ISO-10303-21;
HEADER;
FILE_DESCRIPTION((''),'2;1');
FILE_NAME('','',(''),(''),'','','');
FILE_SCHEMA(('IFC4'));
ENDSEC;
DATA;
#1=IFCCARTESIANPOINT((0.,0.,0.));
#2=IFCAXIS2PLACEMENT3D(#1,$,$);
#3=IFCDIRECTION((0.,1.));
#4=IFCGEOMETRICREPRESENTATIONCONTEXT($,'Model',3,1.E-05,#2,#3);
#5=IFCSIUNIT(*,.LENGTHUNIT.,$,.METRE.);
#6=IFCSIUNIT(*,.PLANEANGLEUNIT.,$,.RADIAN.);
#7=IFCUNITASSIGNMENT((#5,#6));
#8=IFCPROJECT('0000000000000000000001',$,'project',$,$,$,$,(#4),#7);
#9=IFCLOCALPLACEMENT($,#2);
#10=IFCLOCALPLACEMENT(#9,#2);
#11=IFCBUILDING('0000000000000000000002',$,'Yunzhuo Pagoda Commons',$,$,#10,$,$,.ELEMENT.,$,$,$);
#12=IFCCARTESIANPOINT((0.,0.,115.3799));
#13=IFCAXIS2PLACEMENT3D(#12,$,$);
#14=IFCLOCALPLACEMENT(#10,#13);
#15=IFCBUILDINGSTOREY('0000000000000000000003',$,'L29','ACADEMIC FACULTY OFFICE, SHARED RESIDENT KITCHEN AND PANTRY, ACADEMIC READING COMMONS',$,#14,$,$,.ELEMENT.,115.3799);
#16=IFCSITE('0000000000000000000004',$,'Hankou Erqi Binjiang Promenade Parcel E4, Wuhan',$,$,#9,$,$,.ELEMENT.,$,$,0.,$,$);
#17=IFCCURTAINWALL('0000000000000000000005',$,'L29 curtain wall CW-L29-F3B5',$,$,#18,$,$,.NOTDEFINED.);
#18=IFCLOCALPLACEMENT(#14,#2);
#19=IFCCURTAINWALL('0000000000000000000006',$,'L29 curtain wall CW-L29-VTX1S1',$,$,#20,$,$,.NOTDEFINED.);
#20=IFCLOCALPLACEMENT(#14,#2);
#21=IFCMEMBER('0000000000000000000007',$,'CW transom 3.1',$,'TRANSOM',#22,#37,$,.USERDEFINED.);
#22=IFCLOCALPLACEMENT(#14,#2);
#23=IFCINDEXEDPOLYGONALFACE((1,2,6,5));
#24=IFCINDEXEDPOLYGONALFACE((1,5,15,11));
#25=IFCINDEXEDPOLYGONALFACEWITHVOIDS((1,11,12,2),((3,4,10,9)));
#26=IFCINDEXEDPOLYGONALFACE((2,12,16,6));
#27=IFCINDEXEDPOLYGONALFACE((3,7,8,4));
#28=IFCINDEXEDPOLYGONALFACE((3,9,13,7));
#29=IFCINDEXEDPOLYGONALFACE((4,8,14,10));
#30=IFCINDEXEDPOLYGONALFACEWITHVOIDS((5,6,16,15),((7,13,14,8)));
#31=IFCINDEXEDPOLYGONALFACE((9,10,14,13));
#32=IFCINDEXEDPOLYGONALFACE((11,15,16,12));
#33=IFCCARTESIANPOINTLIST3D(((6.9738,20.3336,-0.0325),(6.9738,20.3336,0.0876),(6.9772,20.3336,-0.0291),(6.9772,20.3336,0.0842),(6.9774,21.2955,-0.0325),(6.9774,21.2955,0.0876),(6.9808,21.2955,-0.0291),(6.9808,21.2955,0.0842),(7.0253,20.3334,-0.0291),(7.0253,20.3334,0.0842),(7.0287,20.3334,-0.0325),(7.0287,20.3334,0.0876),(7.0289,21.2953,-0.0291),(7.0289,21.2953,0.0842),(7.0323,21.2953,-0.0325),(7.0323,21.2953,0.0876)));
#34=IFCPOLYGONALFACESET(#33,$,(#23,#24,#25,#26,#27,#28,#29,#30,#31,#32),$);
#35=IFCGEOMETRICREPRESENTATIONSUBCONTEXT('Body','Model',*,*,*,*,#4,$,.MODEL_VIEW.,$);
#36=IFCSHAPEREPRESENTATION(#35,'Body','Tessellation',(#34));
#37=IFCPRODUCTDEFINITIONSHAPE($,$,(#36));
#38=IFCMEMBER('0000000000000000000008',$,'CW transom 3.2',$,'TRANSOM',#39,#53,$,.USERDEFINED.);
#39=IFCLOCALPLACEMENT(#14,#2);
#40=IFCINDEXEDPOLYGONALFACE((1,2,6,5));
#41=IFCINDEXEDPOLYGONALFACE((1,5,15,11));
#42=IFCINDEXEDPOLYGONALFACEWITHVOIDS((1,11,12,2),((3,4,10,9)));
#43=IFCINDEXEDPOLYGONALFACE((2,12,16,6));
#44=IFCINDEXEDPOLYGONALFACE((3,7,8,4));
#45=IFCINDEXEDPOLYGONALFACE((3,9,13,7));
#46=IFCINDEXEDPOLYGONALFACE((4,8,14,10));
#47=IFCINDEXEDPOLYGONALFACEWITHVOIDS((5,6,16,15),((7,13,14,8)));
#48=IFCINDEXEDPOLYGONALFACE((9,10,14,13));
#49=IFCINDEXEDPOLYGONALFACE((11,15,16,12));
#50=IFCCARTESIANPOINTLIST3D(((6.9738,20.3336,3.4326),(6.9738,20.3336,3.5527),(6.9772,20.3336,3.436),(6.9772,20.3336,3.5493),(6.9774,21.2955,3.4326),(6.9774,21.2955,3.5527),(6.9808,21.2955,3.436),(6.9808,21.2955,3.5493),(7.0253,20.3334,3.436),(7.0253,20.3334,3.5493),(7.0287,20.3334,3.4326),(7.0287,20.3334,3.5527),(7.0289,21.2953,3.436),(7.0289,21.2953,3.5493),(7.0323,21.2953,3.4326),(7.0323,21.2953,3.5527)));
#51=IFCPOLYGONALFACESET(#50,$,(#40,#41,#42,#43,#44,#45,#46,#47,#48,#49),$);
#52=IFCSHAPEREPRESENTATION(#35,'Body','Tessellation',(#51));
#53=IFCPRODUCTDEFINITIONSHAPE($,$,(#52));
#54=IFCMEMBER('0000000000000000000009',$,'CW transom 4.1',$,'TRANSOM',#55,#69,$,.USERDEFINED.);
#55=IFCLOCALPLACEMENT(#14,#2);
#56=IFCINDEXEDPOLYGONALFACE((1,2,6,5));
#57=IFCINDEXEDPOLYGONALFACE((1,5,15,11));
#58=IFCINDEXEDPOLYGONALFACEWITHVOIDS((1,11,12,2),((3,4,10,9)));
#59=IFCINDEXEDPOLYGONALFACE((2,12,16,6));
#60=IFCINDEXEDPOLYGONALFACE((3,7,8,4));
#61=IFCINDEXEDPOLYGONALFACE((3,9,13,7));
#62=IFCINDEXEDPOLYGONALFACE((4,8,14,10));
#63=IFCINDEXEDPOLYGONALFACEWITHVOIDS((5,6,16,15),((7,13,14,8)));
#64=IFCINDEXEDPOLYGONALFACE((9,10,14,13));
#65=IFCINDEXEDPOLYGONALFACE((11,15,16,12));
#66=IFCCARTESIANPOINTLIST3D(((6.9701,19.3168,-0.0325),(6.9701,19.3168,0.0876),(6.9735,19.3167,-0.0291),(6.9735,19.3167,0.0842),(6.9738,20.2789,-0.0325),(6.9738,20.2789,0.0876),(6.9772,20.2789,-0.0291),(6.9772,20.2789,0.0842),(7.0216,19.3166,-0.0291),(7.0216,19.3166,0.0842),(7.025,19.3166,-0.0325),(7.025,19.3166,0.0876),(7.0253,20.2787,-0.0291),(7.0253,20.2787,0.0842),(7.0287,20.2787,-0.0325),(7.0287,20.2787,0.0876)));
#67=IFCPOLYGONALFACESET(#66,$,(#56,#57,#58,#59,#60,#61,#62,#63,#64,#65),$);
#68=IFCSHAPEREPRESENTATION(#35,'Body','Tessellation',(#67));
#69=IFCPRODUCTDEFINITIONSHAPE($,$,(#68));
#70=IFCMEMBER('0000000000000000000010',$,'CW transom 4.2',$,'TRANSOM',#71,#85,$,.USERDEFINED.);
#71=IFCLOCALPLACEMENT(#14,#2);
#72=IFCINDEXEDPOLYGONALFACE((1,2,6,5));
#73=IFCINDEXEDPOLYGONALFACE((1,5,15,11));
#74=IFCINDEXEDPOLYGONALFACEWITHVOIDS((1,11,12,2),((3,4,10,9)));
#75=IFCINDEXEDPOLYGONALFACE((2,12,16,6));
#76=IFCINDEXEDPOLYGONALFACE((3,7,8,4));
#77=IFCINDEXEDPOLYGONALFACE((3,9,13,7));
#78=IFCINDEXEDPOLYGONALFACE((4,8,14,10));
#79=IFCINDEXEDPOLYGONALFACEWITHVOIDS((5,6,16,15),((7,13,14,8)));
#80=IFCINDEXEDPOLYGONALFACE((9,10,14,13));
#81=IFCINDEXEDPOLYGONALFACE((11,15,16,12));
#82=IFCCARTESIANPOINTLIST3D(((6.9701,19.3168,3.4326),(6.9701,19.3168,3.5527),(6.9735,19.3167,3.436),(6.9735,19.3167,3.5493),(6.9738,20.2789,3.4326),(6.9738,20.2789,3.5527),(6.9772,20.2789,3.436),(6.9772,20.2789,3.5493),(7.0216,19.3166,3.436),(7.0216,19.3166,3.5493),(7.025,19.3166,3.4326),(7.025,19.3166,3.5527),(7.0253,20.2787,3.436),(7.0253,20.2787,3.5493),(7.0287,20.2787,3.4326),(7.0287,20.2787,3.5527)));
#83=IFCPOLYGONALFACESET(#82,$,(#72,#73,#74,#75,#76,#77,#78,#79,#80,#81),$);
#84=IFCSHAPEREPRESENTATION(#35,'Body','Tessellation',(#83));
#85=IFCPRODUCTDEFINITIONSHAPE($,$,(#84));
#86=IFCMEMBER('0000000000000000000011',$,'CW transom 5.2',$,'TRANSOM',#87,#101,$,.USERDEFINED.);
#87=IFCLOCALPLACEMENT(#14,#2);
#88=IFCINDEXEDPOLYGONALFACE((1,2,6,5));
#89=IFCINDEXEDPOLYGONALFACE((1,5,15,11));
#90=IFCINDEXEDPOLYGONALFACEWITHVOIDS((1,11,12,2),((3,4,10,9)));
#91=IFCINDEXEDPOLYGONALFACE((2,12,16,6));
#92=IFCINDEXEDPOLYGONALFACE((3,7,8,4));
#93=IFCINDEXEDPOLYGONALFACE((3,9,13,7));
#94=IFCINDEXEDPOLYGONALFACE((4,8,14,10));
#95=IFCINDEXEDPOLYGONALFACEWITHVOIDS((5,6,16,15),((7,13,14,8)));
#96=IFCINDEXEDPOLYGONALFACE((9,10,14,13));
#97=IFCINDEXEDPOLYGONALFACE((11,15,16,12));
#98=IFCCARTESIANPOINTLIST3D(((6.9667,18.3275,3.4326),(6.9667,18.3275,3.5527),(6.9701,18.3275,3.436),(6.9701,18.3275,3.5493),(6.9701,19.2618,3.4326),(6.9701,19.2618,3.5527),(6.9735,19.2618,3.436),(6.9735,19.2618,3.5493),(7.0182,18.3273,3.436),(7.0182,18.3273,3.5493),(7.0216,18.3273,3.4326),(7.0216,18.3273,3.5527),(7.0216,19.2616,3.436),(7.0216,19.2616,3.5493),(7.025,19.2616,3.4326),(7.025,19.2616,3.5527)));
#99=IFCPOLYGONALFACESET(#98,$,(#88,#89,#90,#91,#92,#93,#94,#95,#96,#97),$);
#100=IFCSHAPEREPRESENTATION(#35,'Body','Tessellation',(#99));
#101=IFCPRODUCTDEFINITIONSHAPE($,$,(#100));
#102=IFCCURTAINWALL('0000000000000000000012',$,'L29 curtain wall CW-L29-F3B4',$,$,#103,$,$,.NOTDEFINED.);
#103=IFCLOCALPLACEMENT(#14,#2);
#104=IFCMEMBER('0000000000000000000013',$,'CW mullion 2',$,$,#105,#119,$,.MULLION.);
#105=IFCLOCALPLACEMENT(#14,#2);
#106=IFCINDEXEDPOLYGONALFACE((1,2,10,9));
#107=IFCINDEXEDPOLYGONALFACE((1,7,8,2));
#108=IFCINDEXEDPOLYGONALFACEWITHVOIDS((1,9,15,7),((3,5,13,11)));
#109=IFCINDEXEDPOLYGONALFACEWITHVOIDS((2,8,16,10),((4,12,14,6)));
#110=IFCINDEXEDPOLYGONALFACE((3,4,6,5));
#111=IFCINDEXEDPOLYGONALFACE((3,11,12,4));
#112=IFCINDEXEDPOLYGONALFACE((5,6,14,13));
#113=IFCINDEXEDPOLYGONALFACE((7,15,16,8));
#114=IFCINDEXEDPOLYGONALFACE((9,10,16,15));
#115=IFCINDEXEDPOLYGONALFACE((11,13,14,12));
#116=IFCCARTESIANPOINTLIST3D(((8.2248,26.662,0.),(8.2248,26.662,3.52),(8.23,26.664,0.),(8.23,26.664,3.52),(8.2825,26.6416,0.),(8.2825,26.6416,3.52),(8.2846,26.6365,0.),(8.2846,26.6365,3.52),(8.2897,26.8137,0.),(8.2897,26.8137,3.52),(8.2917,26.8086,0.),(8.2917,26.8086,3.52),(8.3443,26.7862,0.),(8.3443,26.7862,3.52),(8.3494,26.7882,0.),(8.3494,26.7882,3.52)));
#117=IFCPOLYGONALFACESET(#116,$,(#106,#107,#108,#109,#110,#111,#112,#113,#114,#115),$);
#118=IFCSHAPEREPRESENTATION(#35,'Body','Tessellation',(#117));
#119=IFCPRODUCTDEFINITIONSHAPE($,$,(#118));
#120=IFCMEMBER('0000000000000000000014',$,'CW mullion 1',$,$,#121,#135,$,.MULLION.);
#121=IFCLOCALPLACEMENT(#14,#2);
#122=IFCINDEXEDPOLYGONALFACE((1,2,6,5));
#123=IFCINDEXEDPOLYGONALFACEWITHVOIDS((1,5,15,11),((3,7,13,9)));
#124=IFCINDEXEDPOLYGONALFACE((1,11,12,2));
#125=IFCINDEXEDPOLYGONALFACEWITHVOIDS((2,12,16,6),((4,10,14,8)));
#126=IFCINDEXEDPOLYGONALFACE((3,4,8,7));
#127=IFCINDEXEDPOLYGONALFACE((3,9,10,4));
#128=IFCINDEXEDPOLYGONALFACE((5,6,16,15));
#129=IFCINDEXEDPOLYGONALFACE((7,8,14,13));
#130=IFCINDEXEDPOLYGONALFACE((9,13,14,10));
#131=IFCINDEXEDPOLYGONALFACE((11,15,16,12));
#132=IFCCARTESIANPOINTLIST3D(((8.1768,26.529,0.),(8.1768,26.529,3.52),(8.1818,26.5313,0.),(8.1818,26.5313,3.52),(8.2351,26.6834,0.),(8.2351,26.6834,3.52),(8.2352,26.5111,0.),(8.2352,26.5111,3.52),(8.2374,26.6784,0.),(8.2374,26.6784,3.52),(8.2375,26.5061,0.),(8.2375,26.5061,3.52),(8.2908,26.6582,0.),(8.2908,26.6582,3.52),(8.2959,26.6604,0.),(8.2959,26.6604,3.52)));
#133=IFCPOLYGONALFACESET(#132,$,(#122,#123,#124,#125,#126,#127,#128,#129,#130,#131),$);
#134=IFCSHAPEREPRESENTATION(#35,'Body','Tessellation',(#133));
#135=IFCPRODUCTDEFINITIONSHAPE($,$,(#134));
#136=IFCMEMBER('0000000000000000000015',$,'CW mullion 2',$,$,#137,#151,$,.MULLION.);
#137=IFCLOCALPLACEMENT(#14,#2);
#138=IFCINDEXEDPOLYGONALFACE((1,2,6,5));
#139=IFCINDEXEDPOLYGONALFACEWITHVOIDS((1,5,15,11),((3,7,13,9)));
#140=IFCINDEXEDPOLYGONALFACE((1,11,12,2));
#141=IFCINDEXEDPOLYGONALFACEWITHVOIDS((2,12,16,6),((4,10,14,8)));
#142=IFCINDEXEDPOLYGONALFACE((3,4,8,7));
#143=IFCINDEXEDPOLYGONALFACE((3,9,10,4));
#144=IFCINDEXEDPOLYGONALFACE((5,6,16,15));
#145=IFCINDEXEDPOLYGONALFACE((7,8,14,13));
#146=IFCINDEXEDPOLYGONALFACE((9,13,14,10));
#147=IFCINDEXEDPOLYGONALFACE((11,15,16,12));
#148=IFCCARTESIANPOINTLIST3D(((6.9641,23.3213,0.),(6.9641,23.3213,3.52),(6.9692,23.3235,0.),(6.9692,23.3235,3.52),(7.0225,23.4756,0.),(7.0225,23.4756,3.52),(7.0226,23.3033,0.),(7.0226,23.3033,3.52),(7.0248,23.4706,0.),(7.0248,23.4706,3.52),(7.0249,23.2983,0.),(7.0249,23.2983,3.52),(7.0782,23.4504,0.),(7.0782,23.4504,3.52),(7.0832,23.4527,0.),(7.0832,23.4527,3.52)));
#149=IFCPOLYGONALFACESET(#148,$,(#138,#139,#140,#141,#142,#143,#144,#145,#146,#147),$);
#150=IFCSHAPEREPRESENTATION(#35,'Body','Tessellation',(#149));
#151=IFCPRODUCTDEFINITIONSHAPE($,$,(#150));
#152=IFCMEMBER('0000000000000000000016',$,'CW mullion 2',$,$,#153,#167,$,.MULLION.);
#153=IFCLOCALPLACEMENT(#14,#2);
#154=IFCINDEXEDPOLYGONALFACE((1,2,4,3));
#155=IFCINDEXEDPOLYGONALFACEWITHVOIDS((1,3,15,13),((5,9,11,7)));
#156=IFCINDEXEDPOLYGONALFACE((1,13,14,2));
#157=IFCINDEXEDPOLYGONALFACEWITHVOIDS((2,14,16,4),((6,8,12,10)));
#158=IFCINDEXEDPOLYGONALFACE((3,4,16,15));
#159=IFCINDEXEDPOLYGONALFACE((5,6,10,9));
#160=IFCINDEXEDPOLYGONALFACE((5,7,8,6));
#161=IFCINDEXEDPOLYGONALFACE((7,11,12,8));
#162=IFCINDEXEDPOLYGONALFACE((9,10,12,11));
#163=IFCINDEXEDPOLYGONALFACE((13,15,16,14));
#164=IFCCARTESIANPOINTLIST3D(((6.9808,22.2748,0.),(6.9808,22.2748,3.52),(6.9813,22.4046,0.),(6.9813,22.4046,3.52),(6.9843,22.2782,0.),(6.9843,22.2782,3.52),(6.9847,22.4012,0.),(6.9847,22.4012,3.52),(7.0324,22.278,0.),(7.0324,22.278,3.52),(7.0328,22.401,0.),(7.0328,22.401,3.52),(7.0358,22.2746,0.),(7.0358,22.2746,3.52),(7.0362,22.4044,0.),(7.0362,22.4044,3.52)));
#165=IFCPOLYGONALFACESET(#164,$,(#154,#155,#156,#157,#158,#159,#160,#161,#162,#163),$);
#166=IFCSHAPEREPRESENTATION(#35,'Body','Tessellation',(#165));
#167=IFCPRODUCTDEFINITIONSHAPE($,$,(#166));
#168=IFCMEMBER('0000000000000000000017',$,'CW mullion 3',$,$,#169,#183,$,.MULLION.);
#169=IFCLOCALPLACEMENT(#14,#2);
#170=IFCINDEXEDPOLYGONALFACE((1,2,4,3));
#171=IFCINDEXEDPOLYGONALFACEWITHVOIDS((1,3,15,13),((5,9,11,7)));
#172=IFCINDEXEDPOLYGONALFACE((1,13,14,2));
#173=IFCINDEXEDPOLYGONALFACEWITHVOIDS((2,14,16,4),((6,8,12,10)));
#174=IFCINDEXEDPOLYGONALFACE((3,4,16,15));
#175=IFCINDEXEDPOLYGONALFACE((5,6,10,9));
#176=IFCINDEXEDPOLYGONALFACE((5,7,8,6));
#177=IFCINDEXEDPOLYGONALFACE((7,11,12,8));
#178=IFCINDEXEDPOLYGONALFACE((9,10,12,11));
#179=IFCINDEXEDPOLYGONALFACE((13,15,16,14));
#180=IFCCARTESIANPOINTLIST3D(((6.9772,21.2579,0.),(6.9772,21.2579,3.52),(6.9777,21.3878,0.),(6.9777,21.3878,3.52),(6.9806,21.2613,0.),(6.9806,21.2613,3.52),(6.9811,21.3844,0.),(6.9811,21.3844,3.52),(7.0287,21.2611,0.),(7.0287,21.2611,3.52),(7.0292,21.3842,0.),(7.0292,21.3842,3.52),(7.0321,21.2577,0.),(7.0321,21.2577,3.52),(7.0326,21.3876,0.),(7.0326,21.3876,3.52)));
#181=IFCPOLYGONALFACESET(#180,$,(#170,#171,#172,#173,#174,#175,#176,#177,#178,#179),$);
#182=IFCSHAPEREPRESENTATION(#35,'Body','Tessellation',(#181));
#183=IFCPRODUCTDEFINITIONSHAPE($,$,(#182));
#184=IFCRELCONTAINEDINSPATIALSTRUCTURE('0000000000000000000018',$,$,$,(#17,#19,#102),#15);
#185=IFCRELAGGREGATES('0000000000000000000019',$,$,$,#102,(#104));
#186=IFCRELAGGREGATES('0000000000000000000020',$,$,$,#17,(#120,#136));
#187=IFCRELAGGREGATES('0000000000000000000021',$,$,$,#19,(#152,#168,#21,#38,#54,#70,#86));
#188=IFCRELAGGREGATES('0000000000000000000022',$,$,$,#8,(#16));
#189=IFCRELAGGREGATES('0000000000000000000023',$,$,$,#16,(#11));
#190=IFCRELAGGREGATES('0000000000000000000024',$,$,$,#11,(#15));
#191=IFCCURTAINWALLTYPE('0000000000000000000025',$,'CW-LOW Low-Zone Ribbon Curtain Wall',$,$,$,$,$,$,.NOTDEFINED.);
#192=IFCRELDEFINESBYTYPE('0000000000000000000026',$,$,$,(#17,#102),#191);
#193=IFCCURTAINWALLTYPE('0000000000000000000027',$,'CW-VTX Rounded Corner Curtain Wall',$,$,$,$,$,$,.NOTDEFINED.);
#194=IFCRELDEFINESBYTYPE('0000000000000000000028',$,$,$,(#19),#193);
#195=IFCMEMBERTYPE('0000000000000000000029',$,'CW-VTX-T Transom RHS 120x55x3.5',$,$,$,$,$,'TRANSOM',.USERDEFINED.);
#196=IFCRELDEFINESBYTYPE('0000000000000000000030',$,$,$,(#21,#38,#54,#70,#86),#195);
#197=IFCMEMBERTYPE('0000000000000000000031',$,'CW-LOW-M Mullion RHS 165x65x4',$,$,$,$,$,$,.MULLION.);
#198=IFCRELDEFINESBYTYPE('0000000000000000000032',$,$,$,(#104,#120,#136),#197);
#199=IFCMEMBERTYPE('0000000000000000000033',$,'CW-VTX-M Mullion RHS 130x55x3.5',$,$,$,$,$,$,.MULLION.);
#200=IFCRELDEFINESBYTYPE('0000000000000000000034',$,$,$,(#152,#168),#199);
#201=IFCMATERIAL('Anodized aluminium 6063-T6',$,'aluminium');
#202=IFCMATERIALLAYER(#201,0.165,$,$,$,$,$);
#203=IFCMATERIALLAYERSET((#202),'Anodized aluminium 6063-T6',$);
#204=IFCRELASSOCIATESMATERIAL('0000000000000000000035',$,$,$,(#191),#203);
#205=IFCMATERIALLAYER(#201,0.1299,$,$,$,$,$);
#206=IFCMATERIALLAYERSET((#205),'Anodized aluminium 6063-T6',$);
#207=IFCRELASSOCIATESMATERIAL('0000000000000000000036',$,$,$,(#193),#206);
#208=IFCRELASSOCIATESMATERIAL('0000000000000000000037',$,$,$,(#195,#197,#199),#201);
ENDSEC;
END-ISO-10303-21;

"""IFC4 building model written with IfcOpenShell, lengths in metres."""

from ifc_helpers import new_model, si_unit, direction, frame, origin, origin_2d, place, context, subcontext, project, spatial, hollow_rectangle, extrude, source, transform, mapped, material, layer, layer_set, material_profile, profile_set, type_object, element, aggregate, save


model = new_model("IFC4")

# Units and contexts
model_context = context("Model", 3, precision=1e-05, world=origin(), true_north=direction((0.0, 1.0)))
body_context = subcontext(model_context, "Body", "Model", "MODEL_VIEW")
ifc_project = project(units=[si_unit("LENGTHUNIT", "METRE"), si_unit("PLANEANGLEUNIT", "RADIAN")], contexts=[model_context])

# Site, building, storey
site_placement = place(None, origin())
site = spatial("IfcSite", under=ifc_project, at=site_placement, Name="Hankou Erqi Binjiang Promenade Parcel E4, Wuhan", CompositionType="ELEMENT", RefElevation=0.0)
building_placement = place(site_placement, origin())
building = spatial("IfcBuilding", under=site, at=building_placement, Name="Yunzhuo Pagoda Commons", CompositionType="ELEMENT")
storey_placement = place(building_placement, frame((0.0, 0.0, 115.3799)))
storey = spatial("IfcBuildingStorey", under=building, at=storey_placement, Name="L29", Description="ACADEMIC FACULTY OFFICE, SHARED RESIDENT KITCHEN AND PANTRY, ACADEMIC READING COMMONS", CompositionType="ELEMENT", Elevation=115.3799)

# Curtain walls, members
ifc_material_1 = material(Name="Anodized aluminium 6063-T6", Category="aluminium")
ifc_layer_1 = layer(ifc_material_1, 0.165)
ifc_layer_set_1 = layer_set([ifc_layer_1], Name="Anodized aluminium 6063-T6")
curtain_wall_type_1 = type_object("IfcCurtainWallType", Name="CW-LOW Low-Zone Ribbon Curtain Wall", PredefinedType="NOTDEFINED", material=ifc_layer_set_1)
curtain_wall_1_placement = place(storey_placement, origin())
curtain_wall_1 = element("IfcCurtainWall", 1, at=curtain_wall_1_placement, inside=storey, type_object=curtain_wall_type_1, Name="L29 curtain wall CW-L29-F3B5", PredefinedType="NOTDEFINED")
ifc_layer_2 = layer(ifc_material_1, 0.1299)
ifc_layer_set_2 = layer_set([ifc_layer_2], Name="Anodized aluminium 6063-T6")
curtain_wall_type_2 = type_object("IfcCurtainWallType", Name="CW-VTX Rounded Corner Curtain Wall", PredefinedType="NOTDEFINED", material=ifc_layer_set_2)
curtain_wall_2_placement = place(storey_placement, origin())
curtain_wall_2 = element("IfcCurtainWall", 2, at=curtain_wall_2_placement, inside=storey, type_object=curtain_wall_type_2, Name="L29 curtain wall CW-L29-VTX1S1", PredefinedType="NOTDEFINED")
ifc_material_profile_1 = material_profile(ifc_material_1, hollow_rectangle(XDim=0.0549, YDim=0.1201, WallThickness=0.0034, at=origin_2d()), Name="Anodized aluminium 6063-T6")
ifc_profile_set_1 = profile_set([ifc_material_profile_1], Name="Anodized aluminium 6063-T6")
member_type_1 = type_object("IfcMemberType", Name="CW-VTX-T Transom RHS 120x55x3.5", ElementType="TRANSOM", PredefinedType="USERDEFINED", material=ifc_profile_set_1)
shared_shape_1 = source(origin(), body_context, "Body", "SweptSolid", [
    extrude(hollow_rectangle(XDim=0.0549, YDim=0.1201, WallThickness=0.0034, at=origin_2d()), origin(), (0.0, 0.0, 1.0), 0.9619),
])
member_1_placement = place(storey_placement, frame((7.0049, 21.2954, 0.0276), z_axis=(-0.003807, -0.999993, 0.0), x_axis=(0.999993, -0.003807, 0.0)))
member_1 = element("IfcMember", 3, at=member_1_placement, type_object=member_type_1, Name="CW transom 3.1", ObjectType="TRANSOM", PredefinedType="USERDEFINED", context=body_context, shape_type="MappedRepresentation", body=[
    mapped(shared_shape_1, transform((0.0, 0.0, 0.0), scale=1.0)),
])
member_2_placement = place(storey_placement, frame((7.0049, 21.2954, 3.4927), z_axis=(-0.003807, -0.999993, 0.0), x_axis=(0.999993, -0.003807, 0.0)))
member_2 = element("IfcMember", 4, at=member_2_placement, type_object=member_type_1, Name="CW transom 3.2", ObjectType="TRANSOM", PredefinedType="USERDEFINED", context=body_context, shape_type="MappedRepresentation", body=[
    mapped(shared_shape_1, transform((0.0, 0.0, 0.0), scale=1.0)),
])
shared_shape_2 = source(origin(), body_context, "Body", "SweptSolid", [
    extrude(hollow_rectangle(XDim=0.0549, YDim=0.1201, WallThickness=0.0034, at=origin_2d()), origin(), (0.0, 0.0, 1.0), 0.9622),
])
member_3_placement = place(storey_placement, frame((7.0012, 20.2788, 0.0276), z_axis=(-0.003806, -0.999993, 0.0), x_axis=(0.999993, -0.003806, 0.0)))
member_3 = element("IfcMember", 5, at=member_3_placement, type_object=member_type_1, Name="CW transom 4.1", ObjectType="TRANSOM", PredefinedType="USERDEFINED", context=body_context, shape_type="MappedRepresentation", body=[
    mapped(shared_shape_2, transform((0.0, 0.0, 0.0), scale=1.0)),
])
member_4_placement = place(storey_placement, frame((7.0012, 20.2788, 3.4927), z_axis=(-0.003806, -0.999993, 0.0), x_axis=(0.999993, -0.003806, 0.0)))
member_4 = element("IfcMember", 6, at=member_4_placement, type_object=member_type_1, Name="CW transom 4.2", ObjectType="TRANSOM", PredefinedType="USERDEFINED", context=body_context, shape_type="MappedRepresentation", body=[
    mapped(shared_shape_2, transform((0.0, 0.0, 0.0), scale=1.0)),
])
shared_shape_3 = source(origin(), body_context, "Body", "SweptSolid", [
    extrude(hollow_rectangle(XDim=0.0549, YDim=0.1201, WallThickness=0.0034, at=origin_2d()), origin(), (0.0, 0.0, 1.0), 0.9343),
])
member_5_placement = place(storey_placement, frame((6.9976, 19.2617, 3.4927), z_axis=(-0.003658, -0.999993, 0.0), x_axis=(0.999993, -0.003658, 0.0)))
member_5 = element("IfcMember", 7, at=member_5_placement, type_object=member_type_1, Name="CW transom 5.2", ObjectType="TRANSOM", PredefinedType="USERDEFINED", context=body_context, shape_type="MappedRepresentation", body=[
    mapped(shared_shape_3, transform((0.0, 0.0, 0.0), scale=1.0)),
])

# Curtain wall, member
curtain_wall_3_placement = place(storey_placement, origin())
curtain_wall_3 = element("IfcCurtainWall", 8, at=curtain_wall_3_placement, inside=storey, type_object=curtain_wall_type_1, Name="L29 curtain wall CW-L29-F3B4", PredefinedType="NOTDEFINED")
ifc_material_profile_2 = material_profile(ifc_material_1, hollow_rectangle(XDim=0.0649, YDim=0.165, WallThickness=0.0039, at=origin_2d()), Name="Anodized aluminium 6063-T6")
ifc_profile_set_2 = profile_set([ifc_material_profile_2], Name="Anodized aluminium 6063-T6")
member_type_2 = type_object("IfcMemberType", Name="CW-LOW-M Mullion RHS 165x65x4", PredefinedType="MULLION", material=ifc_profile_set_2)
shared_shape_4 = source(origin(), body_context, "Body", "SweptSolid", [
    extrude(hollow_rectangle(XDim=0.0649, YDim=0.165, WallThickness=0.0039, at=origin_2d()), origin(), (0.0, 0.0, 1.0), 3.52),
])
member_6_placement = place(storey_placement, frame((8.2871, 26.7251, 0.0), z_axis=(0.0, 0.0, 1.0), x_axis=(0.919649, -0.392742, 0.0)))
member_6 = element("IfcMember", 9, at=member_6_placement, type_object=member_type_2, Name="CW mullion 2", PredefinedType="MULLION", context=body_context, shape_type="MappedRepresentation", body=[
    mapped(shared_shape_4, transform((0.0, 0.0, 0.0), scale=1.0)),
])
aggregate(curtain_wall_3, [member_6])

# Members
member_7_placement = place(storey_placement, frame((8.2363, 26.5947, 0.0), z_axis=(0.0, 0.0, 1.0), x_axis=(0.935397, -0.3536, 0.0)))
member_7 = element("IfcMember", 10, at=member_7_placement, type_object=member_type_2, Name="CW mullion 1", PredefinedType="MULLION", context=body_context, shape_type="MappedRepresentation", body=[
    mapped(shared_shape_4, transform((0.0, 0.0, 0.0), scale=1.0)),
])
member_8_placement = place(storey_placement, frame((7.0237, 23.387, 0.0), z_axis=(0.0, 0.0, 1.0), x_axis=(0.935397, -0.3536, 0.0)))
member_8 = element("IfcMember", 11, at=member_8_placement, type_object=member_type_2, Name="CW mullion 2", PredefinedType="MULLION", context=body_context, shape_type="MappedRepresentation", body=[
    mapped(shared_shape_4, transform((0.0, 0.0, 0.0), scale=1.0)),
])
ifc_material_profile_3 = material_profile(ifc_material_1, hollow_rectangle(XDim=0.0549, YDim=0.1299, WallThickness=0.0034, at=origin_2d()), Name="Anodized aluminium 6063-T6")
ifc_profile_set_3 = profile_set([ifc_material_profile_3], Name="Anodized aluminium 6063-T6")
member_type_3 = type_object("IfcMemberType", Name="CW-VTX-M Mullion RHS 130x55x3.5", PredefinedType="MULLION", material=ifc_profile_set_3)
shared_shape_5 = source(origin(), body_context, "Body", "SweptSolid", [
    extrude(hollow_rectangle(XDim=0.0549, YDim=0.1299, WallThickness=0.0034, at=origin_2d()), origin(), (0.0, 0.0, 1.0), 3.52),
])
member_9_placement = place(storey_placement, frame((7.0085, 22.3396, 0.0), z_axis=(0.0, 0.0, 1.0), x_axis=(0.999994, -0.003599, 0.0)))
member_9 = element("IfcMember", 12, at=member_9_placement, type_object=member_type_3, Name="CW mullion 2", PredefinedType="MULLION", context=body_context, shape_type="MappedRepresentation", body=[
    mapped(shared_shape_5, transform((0.0, 0.0, 0.0), scale=1.0)),
])
member_10_placement = place(storey_placement, frame((7.0049, 21.3228, 0.0), z_axis=(0.0, 0.0, 1.0), x_axis=(0.999994, -0.003599, 0.0)))
member_10 = element("IfcMember", 13, at=member_10_placement, type_object=member_type_3, Name="CW mullion 3", PredefinedType="MULLION", context=body_context, shape_type="MappedRepresentation", body=[
    mapped(shared_shape_5, transform((0.0, 0.0, 0.0), scale=1.0)),
])

aggregate(curtain_wall_1, [member_7, member_8])
aggregate(curtain_wall_2, [member_9, member_10, member_1, member_2, member_3, member_4, member_5])

save(model, "model.ifc")
